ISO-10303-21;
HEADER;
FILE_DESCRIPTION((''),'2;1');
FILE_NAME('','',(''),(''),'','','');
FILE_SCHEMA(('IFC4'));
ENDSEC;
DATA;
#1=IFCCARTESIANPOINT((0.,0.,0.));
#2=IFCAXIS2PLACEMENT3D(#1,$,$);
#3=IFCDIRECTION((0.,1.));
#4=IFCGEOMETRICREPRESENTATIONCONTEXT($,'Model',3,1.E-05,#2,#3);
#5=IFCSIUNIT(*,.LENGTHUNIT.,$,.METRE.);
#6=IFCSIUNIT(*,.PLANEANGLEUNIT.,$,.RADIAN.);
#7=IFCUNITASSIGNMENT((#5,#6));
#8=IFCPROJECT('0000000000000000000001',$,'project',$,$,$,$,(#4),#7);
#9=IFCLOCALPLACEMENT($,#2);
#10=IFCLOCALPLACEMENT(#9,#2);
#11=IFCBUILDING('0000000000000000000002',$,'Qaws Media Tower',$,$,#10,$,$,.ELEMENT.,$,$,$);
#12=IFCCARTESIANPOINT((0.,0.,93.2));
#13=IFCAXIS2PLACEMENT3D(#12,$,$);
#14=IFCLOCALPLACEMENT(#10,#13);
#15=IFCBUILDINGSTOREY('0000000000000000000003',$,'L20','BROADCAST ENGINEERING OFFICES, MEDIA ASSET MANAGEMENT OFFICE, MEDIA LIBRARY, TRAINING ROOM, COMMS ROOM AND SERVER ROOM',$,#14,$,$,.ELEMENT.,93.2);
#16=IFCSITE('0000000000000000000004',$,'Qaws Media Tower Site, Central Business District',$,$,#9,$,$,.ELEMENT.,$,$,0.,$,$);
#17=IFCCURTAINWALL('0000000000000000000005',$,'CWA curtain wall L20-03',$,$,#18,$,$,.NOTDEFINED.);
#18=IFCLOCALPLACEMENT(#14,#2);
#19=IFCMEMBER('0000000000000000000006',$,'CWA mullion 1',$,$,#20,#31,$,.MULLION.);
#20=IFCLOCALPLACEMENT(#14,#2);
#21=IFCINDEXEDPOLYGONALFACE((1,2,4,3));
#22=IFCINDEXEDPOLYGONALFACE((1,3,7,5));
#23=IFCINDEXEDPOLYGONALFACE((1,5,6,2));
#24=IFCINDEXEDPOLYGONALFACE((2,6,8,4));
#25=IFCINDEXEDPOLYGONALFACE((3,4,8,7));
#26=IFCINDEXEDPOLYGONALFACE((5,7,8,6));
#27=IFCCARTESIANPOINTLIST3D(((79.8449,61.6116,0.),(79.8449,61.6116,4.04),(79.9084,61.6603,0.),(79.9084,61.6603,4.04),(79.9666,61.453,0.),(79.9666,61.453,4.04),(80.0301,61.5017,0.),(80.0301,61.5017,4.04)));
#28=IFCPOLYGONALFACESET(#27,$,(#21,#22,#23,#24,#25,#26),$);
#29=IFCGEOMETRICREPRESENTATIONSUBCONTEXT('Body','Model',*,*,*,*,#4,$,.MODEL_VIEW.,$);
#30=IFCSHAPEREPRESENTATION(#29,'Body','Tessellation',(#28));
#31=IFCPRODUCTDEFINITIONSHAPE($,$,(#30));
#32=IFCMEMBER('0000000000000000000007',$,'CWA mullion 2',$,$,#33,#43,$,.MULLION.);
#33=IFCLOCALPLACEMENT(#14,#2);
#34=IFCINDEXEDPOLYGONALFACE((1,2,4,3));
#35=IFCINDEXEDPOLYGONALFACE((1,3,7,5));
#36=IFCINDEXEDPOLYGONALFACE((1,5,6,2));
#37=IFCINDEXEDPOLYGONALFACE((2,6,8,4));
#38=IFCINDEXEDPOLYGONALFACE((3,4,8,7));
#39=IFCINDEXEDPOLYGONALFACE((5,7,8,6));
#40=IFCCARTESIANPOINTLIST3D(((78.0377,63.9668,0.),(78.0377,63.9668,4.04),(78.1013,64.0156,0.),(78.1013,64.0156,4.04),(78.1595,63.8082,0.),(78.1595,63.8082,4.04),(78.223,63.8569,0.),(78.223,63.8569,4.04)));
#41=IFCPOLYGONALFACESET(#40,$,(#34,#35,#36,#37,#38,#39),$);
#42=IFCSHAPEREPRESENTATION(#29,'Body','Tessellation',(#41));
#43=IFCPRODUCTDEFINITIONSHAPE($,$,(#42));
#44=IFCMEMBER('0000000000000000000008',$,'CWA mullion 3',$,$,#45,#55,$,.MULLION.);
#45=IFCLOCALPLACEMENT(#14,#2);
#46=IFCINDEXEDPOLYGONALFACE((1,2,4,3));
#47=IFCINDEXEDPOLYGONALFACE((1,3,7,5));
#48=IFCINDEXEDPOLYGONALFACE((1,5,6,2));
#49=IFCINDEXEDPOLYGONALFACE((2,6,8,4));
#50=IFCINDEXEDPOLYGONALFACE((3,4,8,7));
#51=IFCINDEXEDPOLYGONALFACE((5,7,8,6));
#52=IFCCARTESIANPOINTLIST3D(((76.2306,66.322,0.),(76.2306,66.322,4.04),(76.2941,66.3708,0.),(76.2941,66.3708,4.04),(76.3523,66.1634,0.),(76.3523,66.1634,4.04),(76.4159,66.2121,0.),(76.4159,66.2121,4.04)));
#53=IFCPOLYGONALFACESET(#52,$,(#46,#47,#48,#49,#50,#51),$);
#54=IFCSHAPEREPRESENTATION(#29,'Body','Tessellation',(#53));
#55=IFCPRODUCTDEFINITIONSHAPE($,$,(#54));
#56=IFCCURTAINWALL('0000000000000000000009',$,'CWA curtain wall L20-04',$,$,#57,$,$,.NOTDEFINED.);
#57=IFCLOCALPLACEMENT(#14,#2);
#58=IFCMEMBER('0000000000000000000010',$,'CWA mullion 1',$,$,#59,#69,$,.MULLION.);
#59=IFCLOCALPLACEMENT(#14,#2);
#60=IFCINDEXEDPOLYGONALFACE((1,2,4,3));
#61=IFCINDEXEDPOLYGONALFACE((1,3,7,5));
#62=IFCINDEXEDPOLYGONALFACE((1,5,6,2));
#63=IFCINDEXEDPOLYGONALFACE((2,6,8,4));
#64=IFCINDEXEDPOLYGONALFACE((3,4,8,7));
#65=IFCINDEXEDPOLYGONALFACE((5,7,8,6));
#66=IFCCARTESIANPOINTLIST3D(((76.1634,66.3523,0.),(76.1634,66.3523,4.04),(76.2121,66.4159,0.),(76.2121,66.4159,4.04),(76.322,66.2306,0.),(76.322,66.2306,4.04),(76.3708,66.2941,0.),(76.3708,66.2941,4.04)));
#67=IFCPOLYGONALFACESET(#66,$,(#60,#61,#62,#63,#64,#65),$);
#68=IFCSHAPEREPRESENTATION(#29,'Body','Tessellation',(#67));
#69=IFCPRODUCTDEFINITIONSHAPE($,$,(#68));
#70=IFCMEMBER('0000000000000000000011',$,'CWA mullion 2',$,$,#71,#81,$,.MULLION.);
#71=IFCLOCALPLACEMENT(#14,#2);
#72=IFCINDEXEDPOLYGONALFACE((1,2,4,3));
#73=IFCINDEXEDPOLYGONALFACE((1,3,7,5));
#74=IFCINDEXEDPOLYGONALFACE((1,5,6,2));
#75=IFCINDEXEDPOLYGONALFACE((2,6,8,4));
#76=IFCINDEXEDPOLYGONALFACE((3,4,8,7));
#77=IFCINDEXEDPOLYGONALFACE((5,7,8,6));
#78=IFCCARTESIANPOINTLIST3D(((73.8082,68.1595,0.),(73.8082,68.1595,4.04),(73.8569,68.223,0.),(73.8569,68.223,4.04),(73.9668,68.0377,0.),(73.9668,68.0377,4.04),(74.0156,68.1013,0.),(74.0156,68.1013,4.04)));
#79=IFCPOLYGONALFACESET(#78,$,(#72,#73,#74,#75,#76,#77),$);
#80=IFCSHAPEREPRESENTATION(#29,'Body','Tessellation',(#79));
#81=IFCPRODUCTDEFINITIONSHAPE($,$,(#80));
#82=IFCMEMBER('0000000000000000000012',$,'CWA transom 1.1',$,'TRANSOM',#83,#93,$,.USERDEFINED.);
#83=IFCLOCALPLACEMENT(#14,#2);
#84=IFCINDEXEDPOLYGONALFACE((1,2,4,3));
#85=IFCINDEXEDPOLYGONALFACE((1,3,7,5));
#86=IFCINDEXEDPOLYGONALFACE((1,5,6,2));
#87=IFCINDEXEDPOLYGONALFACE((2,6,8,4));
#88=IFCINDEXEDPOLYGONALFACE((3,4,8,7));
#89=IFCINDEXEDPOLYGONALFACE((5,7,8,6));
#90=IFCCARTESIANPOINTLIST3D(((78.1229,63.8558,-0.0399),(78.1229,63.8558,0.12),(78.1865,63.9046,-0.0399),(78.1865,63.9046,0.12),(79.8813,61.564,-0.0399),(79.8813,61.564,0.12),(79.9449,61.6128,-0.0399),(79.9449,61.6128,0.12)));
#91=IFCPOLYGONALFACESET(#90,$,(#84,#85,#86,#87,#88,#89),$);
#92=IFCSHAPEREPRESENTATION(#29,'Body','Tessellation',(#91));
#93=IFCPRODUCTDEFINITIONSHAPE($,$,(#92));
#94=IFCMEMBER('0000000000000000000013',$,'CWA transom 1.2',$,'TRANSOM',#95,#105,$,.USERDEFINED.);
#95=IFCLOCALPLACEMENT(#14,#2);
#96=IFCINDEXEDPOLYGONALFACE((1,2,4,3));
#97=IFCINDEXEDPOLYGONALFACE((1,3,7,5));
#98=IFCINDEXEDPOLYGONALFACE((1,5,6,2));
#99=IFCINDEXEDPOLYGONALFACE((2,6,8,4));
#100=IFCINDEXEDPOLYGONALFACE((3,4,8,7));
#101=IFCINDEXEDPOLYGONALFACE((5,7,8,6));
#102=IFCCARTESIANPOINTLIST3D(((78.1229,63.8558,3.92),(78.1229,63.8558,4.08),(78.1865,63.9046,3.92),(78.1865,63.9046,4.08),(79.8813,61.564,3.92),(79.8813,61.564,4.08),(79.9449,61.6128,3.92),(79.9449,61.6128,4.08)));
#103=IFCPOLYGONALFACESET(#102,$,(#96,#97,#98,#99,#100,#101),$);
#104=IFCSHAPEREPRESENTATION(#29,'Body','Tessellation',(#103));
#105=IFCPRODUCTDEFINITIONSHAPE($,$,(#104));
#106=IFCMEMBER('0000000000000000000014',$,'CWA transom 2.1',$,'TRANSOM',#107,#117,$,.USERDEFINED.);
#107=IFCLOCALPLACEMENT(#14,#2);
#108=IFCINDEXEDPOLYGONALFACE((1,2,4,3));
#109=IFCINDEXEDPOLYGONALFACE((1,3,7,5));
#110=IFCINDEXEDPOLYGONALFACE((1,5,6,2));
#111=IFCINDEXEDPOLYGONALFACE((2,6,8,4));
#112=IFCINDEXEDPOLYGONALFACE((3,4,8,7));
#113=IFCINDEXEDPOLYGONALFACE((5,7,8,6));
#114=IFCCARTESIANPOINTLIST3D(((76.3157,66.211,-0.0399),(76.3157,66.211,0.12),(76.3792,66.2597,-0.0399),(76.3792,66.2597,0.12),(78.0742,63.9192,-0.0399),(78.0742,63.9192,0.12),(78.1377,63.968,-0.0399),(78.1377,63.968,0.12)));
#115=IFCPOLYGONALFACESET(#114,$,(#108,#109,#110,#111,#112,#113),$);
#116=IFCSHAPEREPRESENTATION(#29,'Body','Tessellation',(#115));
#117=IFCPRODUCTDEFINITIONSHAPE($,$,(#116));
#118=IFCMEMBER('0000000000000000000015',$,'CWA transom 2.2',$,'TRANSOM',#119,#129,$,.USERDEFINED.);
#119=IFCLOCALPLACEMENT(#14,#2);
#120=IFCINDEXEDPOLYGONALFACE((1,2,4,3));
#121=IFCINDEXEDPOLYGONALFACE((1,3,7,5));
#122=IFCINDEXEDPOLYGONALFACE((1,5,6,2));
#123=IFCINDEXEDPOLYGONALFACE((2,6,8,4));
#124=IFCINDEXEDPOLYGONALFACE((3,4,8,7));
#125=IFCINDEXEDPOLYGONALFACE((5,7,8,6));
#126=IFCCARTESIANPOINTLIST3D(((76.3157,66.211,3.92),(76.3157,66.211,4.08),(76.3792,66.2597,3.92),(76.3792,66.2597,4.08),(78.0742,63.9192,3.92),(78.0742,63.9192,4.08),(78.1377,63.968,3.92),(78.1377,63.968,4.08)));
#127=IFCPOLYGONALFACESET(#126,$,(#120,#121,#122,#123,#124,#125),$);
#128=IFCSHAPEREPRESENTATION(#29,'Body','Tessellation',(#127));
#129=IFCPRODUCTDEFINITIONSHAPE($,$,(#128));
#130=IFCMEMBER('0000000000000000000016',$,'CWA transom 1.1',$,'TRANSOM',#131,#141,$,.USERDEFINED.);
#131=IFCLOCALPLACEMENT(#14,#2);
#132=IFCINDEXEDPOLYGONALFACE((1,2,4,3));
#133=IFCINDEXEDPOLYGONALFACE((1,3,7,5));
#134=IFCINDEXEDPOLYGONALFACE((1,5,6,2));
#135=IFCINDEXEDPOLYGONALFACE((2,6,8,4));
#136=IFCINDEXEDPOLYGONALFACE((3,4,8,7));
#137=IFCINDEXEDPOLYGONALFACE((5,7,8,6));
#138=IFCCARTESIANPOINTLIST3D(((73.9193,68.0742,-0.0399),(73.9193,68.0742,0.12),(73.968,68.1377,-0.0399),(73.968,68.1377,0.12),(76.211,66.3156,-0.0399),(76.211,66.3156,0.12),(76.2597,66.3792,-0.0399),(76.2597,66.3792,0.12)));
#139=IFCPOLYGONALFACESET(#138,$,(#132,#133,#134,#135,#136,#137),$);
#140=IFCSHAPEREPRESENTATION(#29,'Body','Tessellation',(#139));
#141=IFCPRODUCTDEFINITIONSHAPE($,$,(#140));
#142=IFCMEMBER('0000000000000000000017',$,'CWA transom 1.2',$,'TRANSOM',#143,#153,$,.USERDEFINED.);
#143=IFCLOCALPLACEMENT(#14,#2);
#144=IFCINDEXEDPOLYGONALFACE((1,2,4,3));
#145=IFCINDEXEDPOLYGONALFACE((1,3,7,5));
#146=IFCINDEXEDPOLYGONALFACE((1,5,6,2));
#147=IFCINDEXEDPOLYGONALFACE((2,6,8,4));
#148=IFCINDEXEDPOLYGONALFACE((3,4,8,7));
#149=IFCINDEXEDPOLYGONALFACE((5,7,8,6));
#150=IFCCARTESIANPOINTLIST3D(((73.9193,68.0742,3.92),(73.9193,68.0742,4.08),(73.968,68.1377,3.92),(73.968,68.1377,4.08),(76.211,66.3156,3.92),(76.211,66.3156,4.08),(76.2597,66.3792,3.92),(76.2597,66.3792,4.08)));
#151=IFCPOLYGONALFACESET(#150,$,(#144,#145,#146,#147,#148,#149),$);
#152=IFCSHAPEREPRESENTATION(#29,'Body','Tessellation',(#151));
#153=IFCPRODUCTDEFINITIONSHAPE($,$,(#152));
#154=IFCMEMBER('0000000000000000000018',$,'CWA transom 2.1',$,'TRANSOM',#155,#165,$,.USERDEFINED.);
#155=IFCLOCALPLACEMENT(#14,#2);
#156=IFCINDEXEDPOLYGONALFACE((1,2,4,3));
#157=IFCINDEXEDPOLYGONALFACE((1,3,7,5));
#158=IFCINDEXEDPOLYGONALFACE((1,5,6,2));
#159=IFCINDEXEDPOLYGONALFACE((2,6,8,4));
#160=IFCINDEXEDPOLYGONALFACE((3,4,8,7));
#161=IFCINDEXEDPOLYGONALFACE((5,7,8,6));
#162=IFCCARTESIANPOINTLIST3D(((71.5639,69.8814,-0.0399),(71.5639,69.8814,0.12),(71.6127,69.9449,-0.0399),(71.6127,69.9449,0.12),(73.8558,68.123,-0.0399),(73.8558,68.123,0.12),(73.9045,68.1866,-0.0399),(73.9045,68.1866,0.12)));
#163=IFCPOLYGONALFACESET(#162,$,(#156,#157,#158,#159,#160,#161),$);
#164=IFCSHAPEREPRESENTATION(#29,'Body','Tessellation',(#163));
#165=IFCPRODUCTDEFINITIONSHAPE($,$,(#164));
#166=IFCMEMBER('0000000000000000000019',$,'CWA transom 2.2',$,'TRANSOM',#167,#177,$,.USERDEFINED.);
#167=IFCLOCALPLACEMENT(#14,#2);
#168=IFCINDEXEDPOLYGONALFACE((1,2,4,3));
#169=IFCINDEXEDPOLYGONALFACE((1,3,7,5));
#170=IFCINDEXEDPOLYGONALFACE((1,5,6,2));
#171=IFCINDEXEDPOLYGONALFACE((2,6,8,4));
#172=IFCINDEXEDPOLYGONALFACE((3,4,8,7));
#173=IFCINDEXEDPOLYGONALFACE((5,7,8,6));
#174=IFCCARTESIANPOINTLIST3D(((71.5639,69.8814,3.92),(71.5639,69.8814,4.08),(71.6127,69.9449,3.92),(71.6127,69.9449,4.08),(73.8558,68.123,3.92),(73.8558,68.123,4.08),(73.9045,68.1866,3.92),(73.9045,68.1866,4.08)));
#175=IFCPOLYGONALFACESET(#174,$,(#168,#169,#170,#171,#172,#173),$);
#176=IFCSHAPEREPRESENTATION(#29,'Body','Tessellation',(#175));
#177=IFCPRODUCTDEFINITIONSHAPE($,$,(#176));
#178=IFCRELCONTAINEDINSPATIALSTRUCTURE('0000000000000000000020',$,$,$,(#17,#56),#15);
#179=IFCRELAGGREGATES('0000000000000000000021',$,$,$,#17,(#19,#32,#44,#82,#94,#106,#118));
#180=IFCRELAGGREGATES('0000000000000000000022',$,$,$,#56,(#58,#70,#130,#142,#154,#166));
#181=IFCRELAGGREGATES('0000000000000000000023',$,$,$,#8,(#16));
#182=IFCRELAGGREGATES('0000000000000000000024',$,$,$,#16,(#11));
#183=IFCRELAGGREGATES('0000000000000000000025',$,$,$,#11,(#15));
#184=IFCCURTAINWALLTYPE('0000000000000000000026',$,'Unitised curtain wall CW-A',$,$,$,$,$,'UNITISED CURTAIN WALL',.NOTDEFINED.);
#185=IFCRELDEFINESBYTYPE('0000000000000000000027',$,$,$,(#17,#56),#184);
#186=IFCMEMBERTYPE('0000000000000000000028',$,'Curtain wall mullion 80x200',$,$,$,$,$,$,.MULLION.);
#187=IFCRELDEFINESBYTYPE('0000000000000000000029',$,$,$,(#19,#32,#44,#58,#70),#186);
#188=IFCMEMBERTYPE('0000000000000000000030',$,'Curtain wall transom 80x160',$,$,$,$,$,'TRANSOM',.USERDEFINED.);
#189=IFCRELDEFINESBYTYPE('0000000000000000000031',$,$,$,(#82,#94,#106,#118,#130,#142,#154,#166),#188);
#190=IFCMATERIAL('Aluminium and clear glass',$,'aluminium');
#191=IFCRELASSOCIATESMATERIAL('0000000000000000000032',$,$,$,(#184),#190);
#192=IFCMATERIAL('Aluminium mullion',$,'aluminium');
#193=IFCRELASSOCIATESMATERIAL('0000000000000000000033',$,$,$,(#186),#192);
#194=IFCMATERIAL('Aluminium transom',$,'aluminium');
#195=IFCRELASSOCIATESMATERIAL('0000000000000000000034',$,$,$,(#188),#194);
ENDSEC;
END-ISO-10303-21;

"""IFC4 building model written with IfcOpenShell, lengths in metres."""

from ifc_helpers import new_model, si_unit, direction, frame, origin, origin_2d, place, context, subcontext, project, spatial, rectangle, extrude, material, material_profile, profile_set, type_object, element, aggregate, save


model = new_model("IFC4")

# Units and contexts
model_context = context("Model", 3, precision=1e-05, world=origin(), true_north=direction((0.0, 1.0)))
body_context = subcontext(model_context, "Body", "Model", "MODEL_VIEW")
ifc_project = project(units=[si_unit("LENGTHUNIT", "METRE"), si_unit("PLANEANGLEUNIT", "RADIAN")], contexts=[model_context])

# Site, building, storey
site_placement = place(None, origin())
site = spatial("IfcSite", under=ifc_project, at=site_placement, Name="Qaws Media Tower Site, Central Business District", CompositionType="ELEMENT", RefElevation=0.0)
building_placement = place(site_placement, origin())
building = spatial("IfcBuilding", under=site, at=building_placement, Name="Qaws Media Tower", CompositionType="ELEMENT")
storey_placement = place(building_placement, frame((0.0, 0.0, 93.2)))
storey = spatial("IfcBuildingStorey", under=building, at=storey_placement, Name="L20", Description="BROADCAST ENGINEERING OFFICES, MEDIA ASSET MANAGEMENT OFFICE, MEDIA LIBRARY, TRAINING ROOM, COMMS ROOM AND SERVER ROOM", CompositionType="ELEMENT", Elevation=93.2)

# Curtain walls, members
ifc_material_1 = material(Name="Aluminium and clear glass", Category="aluminium")
curtain_wall_type = type_object("IfcCurtainWallType", Name="Unitised curtain wall CW-A", ElementType="UNITISED CURTAIN WALL", PredefinedType="NOTDEFINED", material=ifc_material_1)
curtain_wall_1_placement = place(storey_placement, origin())
curtain_wall_1 = element("IfcCurtainWall", 1, at=curtain_wall_1_placement, inside=storey, type_object=curtain_wall_type, Name="CWA curtain wall L20-03", PredefinedType="NOTDEFINED")
ifc_material_2 = material(Name="Aluminium mullion", Category="aluminium")
ifc_material_profile_1 = material_profile(ifc_material_2, rectangle(XDim=0.0801, YDim=0.2, at=origin_2d()), Name="80x200")
ifc_profile_set_1 = profile_set([ifc_material_profile_1], Name="Aluminium mullion")
member_type_1 = type_object("IfcMemberType", Name="Curtain wall mullion 80x200", PredefinedType="MULLION", material=ifc_profile_set_1)
member_1_placement = place(storey_placement, frame((79.9375, 61.5566, 0.0), z_axis=(0.0, 0.0, 1.0), x_axis=(-0.793353, -0.608762, 0.0)))
member_1 = element("IfcMember", 2, at=member_1_placement, type_object=member_type_1, Name="CWA mullion 1", PredefinedType="MULLION", context=body_context, shape_type="SweptSolid", body=[
    extrude(rectangle(XDim=0.0801, YDim=0.2, at=origin_2d()), origin(), (0.0, 0.0, 1.0), 4.04),
])
member_2_placement = place(storey_placement, frame((78.1304, 63.9119, 0.0), z_axis=(0.0, 0.0, 1.0), x_axis=(-0.793353, -0.608762, 0.0)))
member_2 = element("IfcMember", 3, at=member_2_placement, type_object=member_type_1, Name="CWA mullion 2", PredefinedType="MULLION", context=body_context, shape_type="SweptSolid", body=[
    extrude(rectangle(XDim=0.0801, YDim=0.2, at=origin_2d()), origin(), (0.0, 0.0, 1.0), 4.04),
])
member_3_placement = place(storey_placement, frame((76.3232, 66.2671, 0.0), z_axis=(0.0, 0.0, 1.0), x_axis=(-0.793353, -0.608762, 0.0)))
member_3 = element("IfcMember", 4, at=member_3_placement, type_object=member_type_1, Name="CWA mullion 3", PredefinedType="MULLION", context=body_context, shape_type="SweptSolid", body=[
    extrude(rectangle(XDim=0.0801, YDim=0.2, at=origin_2d()), origin(), (0.0, 0.0, 1.0), 4.04),
])
curtain_wall_2_placement = place(storey_placement, origin())
curtain_wall_2 = element("IfcCurtainWall", 5, at=curtain_wall_2_placement, inside=storey, type_object=curtain_wall_type, Name="CWA curtain wall L20-04", PredefinedType="NOTDEFINED")
member_4_placement = place(storey_placement, frame((76.2671, 66.3232, 0.0), z_axis=(0.0, 0.0, 1.0), x_axis=(-0.608762, -0.793353, 0.0)))
member_4 = element("IfcMember", 6, at=member_4_placement, type_object=member_type_1, Name="CWA mullion 1", PredefinedType="MULLION", context=body_context, shape_type="SweptSolid", body=[
    extrude(rectangle(XDim=0.0801, YDim=0.2, at=origin_2d()), origin(), (0.0, 0.0, 1.0), 4.04),
])
member_5_placement = place(storey_placement, frame((73.9119, 68.1304, 0.0), z_axis=(0.0, 0.0, 1.0), x_axis=(-0.608762, -0.793353, 0.0)))
member_5 = element("IfcMember", 7, at=member_5_placement, type_object=member_type_1, Name="CWA mullion 2", PredefinedType="MULLION", context=body_context, shape_type="SweptSolid", body=[
    extrude(rectangle(XDim=0.0801, YDim=0.2, at=origin_2d()), origin(), (0.0, 0.0, 1.0), 4.04),
])

# Members
ifc_material_3 = material(Name="Aluminium transom", Category="aluminium")
ifc_material_profile_2 = material_profile(ifc_material_3, rectangle(XDim=0.0801, YDim=0.1599, at=origin_2d()), Name="80x160")
ifc_profile_set_2 = profile_set([ifc_material_profile_2], Name="Aluminium transom")
member_type_2 = type_object("IfcMemberType", Name="Curtain wall transom 80x160", ElementType="TRANSOM", PredefinedType="USERDEFINED", material=ifc_profile_set_2)
member_6_placement = place(storey_placement, frame((79.9131, 61.5884, 0.04), z_axis=(-0.608714, 0.79339, 0.0), x_axis=(-0.79339, -0.608714, 0.0)))
member_6 = element("IfcMember", 8, at=member_6_placement, type_object=member_type_2, Name="CWA transom 1.1", ObjectType="TRANSOM", PredefinedType="USERDEFINED", context=body_context, shape_type="SweptSolid", body=[
    extrude(rectangle(XDim=0.0801, YDim=0.1599, at=origin_2d()), origin(), (0.0, 0.0, 1.0), 2.8887),
])
member_7_placement = place(storey_placement, frame((79.9131, 61.5884, 4.0), z_axis=(-0.608714, 0.79339, 0.0), x_axis=(-0.79339, -0.608714, 0.0)))
member_7 = element("IfcMember", 9, at=member_7_placement, type_object=member_type_2, Name="CWA transom 1.2", ObjectType="TRANSOM", PredefinedType="USERDEFINED", context=body_context, shape_type="SweptSolid", body=[
    extrude(rectangle(XDim=0.0801, YDim=0.1599, at=origin_2d()), origin(), (0.0, 0.0, 1.0), 2.8887),
])
member_8_placement = place(storey_placement, frame((78.106, 63.9436, 0.04), z_axis=(-0.608767, 0.793349, 0.0), x_axis=(-0.793349, -0.608767, 0.0)))
member_8 = element("IfcMember", 10, at=member_8_placement, type_object=member_type_2, Name="CWA transom 2.1", ObjectType="TRANSOM", PredefinedType="USERDEFINED", context=body_context, shape_type="SweptSolid", body=[
    extrude(rectangle(XDim=0.0801, YDim=0.1599, at=origin_2d()), origin(), (0.0, 0.0, 1.0), 2.8887),
])
member_9_placement = place(storey_placement, frame((78.106, 63.9436, 4.0), z_axis=(-0.608767, 0.793349, 0.0), x_axis=(-0.793349, -0.608767, 0.0)))
member_9 = element("IfcMember", 11, at=member_9_placement, type_object=member_type_2, Name="CWA transom 2.2", ObjectType="TRANSOM", PredefinedType="USERDEFINED", context=body_context, shape_type="SweptSolid", body=[
    extrude(rectangle(XDim=0.0801, YDim=0.1599, at=origin_2d()), origin(), (0.0, 0.0, 1.0), 2.8887),
])
member_10_placement = place(storey_placement, frame((76.2354, 66.3474, 0.04), z_axis=(-0.793349, 0.608767, 0.0), x_axis=(-0.608767, -0.793349, 0.0)))
member_10 = element("IfcMember", 12, at=member_10_placement, type_object=member_type_2, Name="CWA transom 1.1", ObjectType="TRANSOM", PredefinedType="USERDEFINED", context=body_context, shape_type="SweptSolid", body=[
    extrude(rectangle(XDim=0.0801, YDim=0.1599, at=origin_2d()), origin(), (0.0, 0.0, 1.0), 2.8887),
])
member_11_placement = place(storey_placement, frame((76.2354, 66.3474, 4.0), z_axis=(-0.793349, 0.608767, 0.0), x_axis=(-0.608767, -0.793349, 0.0)))
member_11 = element("IfcMember", 13, at=member_11_placement, type_object=member_type_2, Name="CWA transom 1.2", ObjectType="TRANSOM", PredefinedType="USERDEFINED", context=body_context, shape_type="SweptSolid", body=[
    extrude(rectangle(XDim=0.0801, YDim=0.1599, at=origin_2d()), origin(), (0.0, 0.0, 1.0), 2.8887),
])
member_12_placement = place(storey_placement, frame((73.8801, 68.1548, 0.04), z_axis=(-0.79339, 0.608714, 0.0), x_axis=(-0.608714, -0.79339, 0.0)))
member_12 = element("IfcMember", 14, at=member_12_placement, type_object=member_type_2, Name="CWA transom 2.1", ObjectType="TRANSOM", PredefinedType="USERDEFINED", context=body_context, shape_type="SweptSolid", body=[
    extrude(rectangle(XDim=0.0801, YDim=0.1599, at=origin_2d()), origin(), (0.0, 0.0, 1.0), 2.8887),
])
member_13_placement = place(storey_placement, frame((73.8801, 68.1548, 4.0), z_axis=(-0.79339, 0.608714, 0.0), x_axis=(-0.608714, -0.79339, 0.0)))
member_13 = element("IfcMember", 15, at=member_13_placement, type_object=member_type_2, Name="CWA transom 2.2", ObjectType="TRANSOM", PredefinedType="USERDEFINED", context=body_context, shape_type="SweptSolid", body=[
    extrude(rectangle(XDim=0.0801, YDim=0.1599, at=origin_2d()), origin(), (0.0, 0.0, 1.0), 2.8887),
])

aggregate(curtain_wall_1, [member_1, member_2, member_3, member_6, member_7, member_8, member_9])
aggregate(curtain_wall_2, [member_4, member_5, member_10, member_11, member_12, member_13])

save(model, "model.ifc")
